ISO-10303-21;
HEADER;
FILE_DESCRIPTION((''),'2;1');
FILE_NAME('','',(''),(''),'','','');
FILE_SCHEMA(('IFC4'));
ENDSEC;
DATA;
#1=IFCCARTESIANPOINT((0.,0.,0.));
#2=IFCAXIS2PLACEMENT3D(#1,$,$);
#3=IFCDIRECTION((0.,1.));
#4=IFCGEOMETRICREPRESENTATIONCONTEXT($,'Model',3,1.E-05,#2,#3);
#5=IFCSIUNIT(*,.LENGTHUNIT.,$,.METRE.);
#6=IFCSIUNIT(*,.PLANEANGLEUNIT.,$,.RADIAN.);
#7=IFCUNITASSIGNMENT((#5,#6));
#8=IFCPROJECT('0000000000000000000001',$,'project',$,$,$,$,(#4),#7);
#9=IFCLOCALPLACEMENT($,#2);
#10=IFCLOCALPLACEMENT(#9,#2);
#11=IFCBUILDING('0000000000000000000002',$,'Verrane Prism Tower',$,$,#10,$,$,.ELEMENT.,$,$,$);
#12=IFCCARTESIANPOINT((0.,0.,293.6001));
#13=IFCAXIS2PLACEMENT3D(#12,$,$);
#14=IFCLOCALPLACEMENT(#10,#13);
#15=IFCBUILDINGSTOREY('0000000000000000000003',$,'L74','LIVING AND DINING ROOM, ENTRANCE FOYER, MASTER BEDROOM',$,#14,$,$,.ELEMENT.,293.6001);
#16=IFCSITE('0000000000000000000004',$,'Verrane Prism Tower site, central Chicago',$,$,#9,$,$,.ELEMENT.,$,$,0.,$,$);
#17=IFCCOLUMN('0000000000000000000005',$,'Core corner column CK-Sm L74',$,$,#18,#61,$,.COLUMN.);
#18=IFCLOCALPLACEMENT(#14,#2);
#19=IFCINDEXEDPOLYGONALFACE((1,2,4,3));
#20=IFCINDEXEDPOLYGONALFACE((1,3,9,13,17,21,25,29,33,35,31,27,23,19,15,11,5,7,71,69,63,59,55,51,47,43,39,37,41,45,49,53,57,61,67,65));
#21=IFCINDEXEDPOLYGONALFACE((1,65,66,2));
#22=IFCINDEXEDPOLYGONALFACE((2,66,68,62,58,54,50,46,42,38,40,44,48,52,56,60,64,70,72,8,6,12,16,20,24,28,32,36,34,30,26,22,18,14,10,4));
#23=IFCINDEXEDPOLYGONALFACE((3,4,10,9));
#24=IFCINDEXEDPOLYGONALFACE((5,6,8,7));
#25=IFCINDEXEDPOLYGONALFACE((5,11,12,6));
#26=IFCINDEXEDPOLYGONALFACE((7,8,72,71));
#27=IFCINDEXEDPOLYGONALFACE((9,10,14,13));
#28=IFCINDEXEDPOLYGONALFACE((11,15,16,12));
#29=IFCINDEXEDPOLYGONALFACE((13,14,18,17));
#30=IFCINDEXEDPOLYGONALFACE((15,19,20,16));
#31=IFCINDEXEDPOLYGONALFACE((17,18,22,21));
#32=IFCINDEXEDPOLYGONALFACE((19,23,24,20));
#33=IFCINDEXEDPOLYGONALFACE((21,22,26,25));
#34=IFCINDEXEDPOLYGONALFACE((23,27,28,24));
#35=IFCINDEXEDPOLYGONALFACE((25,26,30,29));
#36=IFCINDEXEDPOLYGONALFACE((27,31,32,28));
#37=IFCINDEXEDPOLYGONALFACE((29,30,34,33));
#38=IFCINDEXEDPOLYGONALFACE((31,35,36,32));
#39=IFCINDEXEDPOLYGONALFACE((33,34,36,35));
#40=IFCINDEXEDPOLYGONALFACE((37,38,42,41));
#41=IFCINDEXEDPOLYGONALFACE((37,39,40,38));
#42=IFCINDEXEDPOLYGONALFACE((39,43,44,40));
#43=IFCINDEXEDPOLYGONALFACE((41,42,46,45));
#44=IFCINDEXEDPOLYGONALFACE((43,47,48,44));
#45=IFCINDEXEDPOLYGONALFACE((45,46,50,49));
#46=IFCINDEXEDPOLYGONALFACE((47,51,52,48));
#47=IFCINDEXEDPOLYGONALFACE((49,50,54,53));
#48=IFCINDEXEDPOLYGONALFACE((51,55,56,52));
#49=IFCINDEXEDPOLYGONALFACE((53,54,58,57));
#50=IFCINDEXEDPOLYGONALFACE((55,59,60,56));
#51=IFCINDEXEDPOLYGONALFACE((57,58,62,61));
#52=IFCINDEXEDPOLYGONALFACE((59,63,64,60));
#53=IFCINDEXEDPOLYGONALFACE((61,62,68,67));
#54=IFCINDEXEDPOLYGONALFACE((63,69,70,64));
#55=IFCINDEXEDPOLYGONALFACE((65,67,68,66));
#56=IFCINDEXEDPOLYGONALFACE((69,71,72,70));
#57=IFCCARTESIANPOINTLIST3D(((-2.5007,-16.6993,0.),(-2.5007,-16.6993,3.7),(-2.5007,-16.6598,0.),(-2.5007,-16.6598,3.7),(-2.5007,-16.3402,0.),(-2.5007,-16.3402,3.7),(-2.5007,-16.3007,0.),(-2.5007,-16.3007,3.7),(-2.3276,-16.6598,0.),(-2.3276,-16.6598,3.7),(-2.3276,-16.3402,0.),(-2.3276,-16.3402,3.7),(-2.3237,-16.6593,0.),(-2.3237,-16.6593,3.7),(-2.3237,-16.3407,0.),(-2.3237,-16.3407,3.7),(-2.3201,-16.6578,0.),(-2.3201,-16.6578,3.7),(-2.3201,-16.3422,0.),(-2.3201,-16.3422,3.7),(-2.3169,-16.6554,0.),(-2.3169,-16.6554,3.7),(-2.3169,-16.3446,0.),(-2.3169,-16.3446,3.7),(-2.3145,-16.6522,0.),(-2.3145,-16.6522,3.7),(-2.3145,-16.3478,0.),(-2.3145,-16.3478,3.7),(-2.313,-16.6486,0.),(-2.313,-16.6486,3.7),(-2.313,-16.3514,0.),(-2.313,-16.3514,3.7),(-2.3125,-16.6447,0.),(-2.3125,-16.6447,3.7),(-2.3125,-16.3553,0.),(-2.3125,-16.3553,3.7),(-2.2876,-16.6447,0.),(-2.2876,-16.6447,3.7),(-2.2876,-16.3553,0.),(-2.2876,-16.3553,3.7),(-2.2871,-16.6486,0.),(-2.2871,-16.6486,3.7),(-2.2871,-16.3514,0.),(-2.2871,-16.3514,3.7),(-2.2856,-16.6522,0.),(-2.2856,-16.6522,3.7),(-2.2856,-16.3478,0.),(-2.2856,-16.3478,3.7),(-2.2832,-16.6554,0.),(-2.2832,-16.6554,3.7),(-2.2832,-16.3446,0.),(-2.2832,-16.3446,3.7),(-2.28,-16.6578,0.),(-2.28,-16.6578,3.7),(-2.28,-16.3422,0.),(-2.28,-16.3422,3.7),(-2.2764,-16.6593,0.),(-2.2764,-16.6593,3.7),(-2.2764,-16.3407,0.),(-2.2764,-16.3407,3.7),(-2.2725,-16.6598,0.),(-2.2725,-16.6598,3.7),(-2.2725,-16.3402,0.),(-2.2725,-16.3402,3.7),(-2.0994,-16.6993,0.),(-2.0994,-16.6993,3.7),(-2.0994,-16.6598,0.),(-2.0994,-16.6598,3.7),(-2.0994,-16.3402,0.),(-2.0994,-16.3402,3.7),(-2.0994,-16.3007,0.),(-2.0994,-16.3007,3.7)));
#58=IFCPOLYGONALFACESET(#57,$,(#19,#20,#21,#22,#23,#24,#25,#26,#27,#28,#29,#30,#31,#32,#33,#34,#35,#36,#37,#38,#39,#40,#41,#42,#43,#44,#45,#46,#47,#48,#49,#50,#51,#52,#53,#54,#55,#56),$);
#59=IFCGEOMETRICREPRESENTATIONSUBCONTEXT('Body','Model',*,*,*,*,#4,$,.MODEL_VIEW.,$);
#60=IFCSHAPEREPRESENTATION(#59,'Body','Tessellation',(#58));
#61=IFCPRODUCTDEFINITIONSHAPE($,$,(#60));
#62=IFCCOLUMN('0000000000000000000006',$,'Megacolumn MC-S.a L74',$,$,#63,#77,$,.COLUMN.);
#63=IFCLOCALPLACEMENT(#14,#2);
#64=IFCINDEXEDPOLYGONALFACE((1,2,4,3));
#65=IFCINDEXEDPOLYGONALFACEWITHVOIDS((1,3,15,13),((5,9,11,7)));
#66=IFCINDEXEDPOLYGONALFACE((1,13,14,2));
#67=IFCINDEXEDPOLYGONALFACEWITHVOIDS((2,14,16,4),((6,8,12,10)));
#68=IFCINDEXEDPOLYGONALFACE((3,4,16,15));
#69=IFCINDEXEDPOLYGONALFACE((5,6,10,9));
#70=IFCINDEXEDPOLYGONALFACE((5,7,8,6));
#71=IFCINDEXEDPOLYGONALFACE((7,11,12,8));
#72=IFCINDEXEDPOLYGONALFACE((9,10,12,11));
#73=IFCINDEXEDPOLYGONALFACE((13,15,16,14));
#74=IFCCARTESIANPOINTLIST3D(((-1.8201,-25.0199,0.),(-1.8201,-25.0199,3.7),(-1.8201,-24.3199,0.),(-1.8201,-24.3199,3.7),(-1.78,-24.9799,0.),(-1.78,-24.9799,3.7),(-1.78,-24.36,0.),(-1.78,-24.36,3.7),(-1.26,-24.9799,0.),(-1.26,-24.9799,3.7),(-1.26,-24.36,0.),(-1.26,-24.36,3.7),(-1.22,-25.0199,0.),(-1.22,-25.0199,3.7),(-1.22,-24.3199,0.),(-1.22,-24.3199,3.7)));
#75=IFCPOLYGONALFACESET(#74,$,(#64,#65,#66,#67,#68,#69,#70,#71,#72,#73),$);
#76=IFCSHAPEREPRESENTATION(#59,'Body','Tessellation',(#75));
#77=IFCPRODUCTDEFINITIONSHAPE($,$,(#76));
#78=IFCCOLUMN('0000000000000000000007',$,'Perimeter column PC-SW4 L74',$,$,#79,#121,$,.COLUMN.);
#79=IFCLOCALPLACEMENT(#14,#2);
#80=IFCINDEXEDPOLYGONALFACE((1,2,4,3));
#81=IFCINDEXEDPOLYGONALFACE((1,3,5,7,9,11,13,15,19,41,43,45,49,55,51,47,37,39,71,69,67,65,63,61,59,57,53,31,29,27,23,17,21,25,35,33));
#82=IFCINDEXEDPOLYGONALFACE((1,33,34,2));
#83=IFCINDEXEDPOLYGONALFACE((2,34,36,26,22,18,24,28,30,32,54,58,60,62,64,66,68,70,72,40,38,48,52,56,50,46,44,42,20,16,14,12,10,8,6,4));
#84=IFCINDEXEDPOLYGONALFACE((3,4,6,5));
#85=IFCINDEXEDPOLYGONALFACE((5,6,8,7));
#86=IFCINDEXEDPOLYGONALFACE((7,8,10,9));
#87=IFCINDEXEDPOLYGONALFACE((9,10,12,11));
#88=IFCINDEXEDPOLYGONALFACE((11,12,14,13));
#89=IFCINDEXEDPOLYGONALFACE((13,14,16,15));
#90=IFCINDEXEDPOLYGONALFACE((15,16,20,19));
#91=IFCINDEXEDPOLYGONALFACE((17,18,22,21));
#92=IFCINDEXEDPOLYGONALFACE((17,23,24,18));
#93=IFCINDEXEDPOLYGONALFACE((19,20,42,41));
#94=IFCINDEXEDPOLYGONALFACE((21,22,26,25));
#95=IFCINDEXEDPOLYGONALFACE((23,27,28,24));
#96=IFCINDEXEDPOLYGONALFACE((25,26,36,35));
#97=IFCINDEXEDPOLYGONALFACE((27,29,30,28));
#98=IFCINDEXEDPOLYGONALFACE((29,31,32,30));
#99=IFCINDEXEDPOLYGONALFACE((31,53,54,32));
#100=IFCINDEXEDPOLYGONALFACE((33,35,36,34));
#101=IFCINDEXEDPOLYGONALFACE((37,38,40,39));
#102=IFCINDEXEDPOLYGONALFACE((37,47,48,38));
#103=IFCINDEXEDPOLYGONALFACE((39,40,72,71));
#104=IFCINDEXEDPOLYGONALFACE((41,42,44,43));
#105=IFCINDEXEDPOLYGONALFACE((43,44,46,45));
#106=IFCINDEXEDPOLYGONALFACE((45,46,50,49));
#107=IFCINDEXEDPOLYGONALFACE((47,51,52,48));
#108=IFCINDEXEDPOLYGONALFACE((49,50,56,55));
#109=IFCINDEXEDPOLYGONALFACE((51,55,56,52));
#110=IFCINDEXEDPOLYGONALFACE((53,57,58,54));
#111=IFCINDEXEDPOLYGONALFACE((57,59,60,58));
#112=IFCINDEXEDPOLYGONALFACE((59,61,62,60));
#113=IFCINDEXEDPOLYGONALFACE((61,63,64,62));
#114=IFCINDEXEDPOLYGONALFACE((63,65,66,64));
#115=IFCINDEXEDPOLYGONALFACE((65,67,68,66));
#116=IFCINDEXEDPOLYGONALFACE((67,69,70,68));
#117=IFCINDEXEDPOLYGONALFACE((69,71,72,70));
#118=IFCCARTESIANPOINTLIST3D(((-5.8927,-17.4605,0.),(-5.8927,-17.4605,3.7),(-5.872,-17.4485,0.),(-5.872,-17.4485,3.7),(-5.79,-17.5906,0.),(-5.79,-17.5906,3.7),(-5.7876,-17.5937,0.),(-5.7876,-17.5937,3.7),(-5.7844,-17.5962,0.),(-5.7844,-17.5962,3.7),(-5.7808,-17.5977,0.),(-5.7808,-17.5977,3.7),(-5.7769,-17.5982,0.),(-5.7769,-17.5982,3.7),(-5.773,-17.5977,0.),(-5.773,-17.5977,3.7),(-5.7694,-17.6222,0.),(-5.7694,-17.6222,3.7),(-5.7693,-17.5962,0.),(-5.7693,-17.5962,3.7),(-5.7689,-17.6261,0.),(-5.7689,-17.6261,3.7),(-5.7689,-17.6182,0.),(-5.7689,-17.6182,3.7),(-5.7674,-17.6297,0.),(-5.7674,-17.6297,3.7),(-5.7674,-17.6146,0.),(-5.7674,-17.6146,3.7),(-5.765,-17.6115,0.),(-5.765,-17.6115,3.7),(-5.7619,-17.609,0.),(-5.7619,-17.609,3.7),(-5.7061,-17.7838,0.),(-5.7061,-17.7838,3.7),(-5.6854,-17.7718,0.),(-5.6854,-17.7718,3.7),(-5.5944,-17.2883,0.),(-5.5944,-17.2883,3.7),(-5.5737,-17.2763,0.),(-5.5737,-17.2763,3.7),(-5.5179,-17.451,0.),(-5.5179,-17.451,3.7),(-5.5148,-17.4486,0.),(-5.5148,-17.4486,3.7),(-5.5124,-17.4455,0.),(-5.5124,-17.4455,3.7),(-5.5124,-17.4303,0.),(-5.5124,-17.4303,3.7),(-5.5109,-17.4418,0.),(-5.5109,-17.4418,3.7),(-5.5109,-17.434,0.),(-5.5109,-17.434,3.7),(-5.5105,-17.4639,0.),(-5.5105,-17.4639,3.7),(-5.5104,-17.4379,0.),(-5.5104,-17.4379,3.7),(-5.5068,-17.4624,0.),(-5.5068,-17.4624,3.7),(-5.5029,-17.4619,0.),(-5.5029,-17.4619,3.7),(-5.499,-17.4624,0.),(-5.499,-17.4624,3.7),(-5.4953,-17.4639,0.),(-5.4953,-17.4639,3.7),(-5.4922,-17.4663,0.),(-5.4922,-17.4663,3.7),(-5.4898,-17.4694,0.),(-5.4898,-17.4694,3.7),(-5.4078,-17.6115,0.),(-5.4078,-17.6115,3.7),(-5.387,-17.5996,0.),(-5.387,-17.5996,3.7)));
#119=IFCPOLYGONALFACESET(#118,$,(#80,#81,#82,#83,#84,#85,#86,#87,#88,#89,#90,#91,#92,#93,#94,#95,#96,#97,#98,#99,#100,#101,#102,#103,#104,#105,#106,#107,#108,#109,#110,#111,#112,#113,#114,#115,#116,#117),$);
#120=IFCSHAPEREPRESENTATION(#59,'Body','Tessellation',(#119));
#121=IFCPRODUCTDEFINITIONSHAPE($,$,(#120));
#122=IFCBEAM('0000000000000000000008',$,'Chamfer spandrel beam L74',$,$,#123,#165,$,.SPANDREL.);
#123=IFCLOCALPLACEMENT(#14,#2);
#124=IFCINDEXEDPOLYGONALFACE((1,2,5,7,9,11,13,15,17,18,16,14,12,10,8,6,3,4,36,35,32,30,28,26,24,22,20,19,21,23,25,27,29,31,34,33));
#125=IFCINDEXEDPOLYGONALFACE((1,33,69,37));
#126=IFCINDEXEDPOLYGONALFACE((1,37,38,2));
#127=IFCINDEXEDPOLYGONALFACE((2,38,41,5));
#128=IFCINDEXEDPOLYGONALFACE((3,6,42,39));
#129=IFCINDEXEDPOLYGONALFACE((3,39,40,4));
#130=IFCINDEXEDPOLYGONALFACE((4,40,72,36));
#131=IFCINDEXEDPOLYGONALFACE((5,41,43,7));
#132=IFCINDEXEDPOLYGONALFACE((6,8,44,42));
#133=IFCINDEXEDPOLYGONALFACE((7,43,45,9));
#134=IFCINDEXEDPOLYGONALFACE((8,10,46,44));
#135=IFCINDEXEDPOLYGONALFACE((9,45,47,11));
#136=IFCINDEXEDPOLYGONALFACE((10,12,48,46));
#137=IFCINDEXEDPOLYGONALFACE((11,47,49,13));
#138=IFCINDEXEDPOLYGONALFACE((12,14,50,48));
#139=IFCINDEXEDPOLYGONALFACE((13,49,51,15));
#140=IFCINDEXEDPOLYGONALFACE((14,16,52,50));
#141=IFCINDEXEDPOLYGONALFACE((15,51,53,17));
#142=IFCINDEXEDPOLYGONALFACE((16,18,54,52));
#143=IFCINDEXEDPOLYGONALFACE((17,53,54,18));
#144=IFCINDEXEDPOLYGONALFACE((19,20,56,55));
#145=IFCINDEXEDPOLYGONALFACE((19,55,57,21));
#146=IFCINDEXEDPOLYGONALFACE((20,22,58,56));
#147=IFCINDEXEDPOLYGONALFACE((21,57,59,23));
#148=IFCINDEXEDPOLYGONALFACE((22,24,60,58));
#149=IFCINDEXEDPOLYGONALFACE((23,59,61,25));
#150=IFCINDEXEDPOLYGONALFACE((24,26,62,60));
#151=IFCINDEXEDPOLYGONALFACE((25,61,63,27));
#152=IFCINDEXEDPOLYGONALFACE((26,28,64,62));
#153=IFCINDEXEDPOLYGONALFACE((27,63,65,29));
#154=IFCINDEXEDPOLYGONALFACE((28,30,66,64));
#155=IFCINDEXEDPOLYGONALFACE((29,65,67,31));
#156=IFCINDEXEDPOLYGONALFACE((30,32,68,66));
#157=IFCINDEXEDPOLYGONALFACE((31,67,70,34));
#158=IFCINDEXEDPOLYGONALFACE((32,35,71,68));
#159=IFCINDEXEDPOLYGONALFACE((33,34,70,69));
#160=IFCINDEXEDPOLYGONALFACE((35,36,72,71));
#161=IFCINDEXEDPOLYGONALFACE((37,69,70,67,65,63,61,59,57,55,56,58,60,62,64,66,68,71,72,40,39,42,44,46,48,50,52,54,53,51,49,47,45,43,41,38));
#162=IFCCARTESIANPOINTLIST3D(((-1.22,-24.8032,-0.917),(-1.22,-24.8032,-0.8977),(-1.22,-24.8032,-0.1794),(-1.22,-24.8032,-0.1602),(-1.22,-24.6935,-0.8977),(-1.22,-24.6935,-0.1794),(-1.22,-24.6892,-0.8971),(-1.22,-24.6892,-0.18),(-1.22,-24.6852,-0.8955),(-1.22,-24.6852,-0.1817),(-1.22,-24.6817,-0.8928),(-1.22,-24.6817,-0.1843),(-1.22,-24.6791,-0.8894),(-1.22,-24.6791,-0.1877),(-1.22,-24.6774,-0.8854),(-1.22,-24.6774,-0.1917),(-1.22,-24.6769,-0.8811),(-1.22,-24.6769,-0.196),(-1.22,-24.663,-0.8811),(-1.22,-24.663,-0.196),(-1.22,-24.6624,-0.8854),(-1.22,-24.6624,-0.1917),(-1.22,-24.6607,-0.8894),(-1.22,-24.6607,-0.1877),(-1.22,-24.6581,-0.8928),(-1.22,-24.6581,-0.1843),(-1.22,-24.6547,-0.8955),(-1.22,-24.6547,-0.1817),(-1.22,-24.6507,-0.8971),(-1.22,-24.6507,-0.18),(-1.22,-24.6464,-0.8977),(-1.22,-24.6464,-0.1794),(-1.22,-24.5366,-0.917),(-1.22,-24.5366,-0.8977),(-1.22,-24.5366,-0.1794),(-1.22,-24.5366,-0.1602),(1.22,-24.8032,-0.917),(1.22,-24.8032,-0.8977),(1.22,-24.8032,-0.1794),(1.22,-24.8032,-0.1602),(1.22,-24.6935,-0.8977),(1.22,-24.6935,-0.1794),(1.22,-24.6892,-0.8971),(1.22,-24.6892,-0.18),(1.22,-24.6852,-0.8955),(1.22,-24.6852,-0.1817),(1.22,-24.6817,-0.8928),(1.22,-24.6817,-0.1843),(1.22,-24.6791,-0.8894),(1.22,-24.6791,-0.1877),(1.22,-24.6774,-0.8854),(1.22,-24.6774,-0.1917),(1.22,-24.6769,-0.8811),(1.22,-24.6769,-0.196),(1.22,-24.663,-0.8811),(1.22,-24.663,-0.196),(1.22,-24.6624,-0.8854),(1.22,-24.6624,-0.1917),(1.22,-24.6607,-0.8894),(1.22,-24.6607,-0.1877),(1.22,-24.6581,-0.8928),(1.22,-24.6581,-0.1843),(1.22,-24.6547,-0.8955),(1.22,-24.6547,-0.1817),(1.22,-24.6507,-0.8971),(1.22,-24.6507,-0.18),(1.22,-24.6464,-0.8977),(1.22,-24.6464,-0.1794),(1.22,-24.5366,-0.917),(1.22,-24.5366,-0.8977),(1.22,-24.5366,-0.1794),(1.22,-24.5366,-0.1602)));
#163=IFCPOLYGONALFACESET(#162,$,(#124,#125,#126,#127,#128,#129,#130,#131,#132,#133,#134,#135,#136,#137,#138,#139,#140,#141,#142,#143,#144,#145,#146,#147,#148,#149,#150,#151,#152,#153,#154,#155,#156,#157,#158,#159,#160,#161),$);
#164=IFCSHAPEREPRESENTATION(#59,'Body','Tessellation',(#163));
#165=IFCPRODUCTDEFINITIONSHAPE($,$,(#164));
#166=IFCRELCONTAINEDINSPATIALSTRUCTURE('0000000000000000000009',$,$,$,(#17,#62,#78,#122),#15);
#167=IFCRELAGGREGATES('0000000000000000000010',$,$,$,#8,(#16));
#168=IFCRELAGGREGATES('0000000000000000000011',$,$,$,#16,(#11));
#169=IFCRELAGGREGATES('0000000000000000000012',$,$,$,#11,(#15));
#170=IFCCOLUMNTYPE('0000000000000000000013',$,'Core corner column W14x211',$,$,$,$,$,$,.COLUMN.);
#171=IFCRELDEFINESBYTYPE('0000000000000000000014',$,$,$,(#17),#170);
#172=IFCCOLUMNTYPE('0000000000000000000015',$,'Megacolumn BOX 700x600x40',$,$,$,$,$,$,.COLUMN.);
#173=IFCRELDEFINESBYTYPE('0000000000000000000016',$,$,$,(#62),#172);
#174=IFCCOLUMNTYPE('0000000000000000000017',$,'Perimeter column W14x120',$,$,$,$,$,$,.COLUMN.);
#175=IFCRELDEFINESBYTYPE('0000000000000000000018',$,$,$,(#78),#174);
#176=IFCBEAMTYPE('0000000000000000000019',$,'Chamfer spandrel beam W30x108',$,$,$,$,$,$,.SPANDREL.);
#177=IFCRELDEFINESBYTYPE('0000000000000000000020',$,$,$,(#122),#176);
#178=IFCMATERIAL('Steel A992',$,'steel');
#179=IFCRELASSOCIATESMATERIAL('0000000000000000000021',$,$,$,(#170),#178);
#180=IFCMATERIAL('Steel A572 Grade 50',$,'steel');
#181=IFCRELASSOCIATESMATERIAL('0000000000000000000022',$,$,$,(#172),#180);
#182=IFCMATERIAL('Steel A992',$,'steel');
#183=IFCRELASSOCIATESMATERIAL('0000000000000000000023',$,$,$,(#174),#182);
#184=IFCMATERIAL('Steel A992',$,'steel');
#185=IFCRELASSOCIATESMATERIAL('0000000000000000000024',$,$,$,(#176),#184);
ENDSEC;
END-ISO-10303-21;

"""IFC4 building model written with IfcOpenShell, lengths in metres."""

from ifc_helpers import new_model, si_unit, direction, frame, origin, origin_2d, place, context, subcontext, project, spatial, hollow_rectangle, i_section, extrude, material, material_profile, profile_set, type_object, element, save


model = new_model("IFC4")

# Units and contexts
model_context = context("Model", 3, precision=1e-05, world=origin(), true_north=direction((0.0, 1.0)))
body_context = subcontext(model_context, "Body", "Model", "MODEL_VIEW")
ifc_project = project(units=[si_unit("LENGTHUNIT", "METRE"), si_unit("PLANEANGLEUNIT", "RADIAN")], contexts=[model_context])

# Site, building, storey
site_placement = place(None, origin())
site = spatial("IfcSite", under=ifc_project, at=site_placement, Name="Verrane Prism Tower site, central Chicago", CompositionType="ELEMENT", RefElevation=0.0)
building_placement = place(site_placement, origin())
building = spatial("IfcBuilding", under=site, at=building_placement, Name="Verrane Prism Tower", CompositionType="ELEMENT")
storey_placement = place(building_placement, frame((0.0, 0.0, 293.6001)))
storey = spatial("IfcBuildingStorey", under=building, at=storey_placement, Name="L74", Description="LIVING AND DINING ROOM, ENTRANCE FOYER, MASTER BEDROOM", CompositionType="ELEMENT", Elevation=293.6001)

# Columns
ifc_material_1 = material(Name="Steel A992", Category="steel")
ifc_material_profile_1 = material_profile(ifc_material_1, i_section(OverallWidth=0.4014, OverallDepth=0.3987, WebThickness=0.0249, FlangeThickness=0.0396, FilletRadius=0.0151, at=origin_2d()), Name="W14x211")
ifc_profile_set_1 = profile_set([ifc_material_profile_1], Name="Steel A992")
column_type_1 = type_object("IfcColumnType", Name="Core corner column W14x211", PredefinedType="COLUMN", material=ifc_profile_set_1)
column_1_placement = place(storey_placement, frame((-2.3, -16.5, 0.0), z_axis=(0.0, 0.0, 1.0), x_axis=(-1.0, 0.0, 0.0)))
element("IfcColumn", 1, at=column_1_placement, inside=storey, type_object=column_type_1, Name="Core corner column CK-Sm L74", PredefinedType="COLUMN", context=body_context, shape_type="SweptSolid", body=[
    extrude(i_section(OverallWidth=0.4014, OverallDepth=0.3987, WebThickness=0.0249, FlangeThickness=0.0396, FilletRadius=0.0151, at=origin_2d()), origin(), (0.0, 0.0, 1.0), 3.7),
])
ifc_material_2 = material(Name="Steel A572 Grade 50", Category="steel")
ifc_material_profile_2 = material_profile(ifc_material_2, hollow_rectangle(XDim=0.6001, YDim=0.7, WallThickness=0.04, at=origin_2d()), Name="BOX 700x600x40")
ifc_profile_set_2 = profile_set([ifc_material_profile_2], Name="Steel A572 Grade 50")
column_type_2 = type_object("IfcColumnType", Name="Megacolumn BOX 700x600x40", PredefinedType="COLUMN", material=ifc_profile_set_2)
column_2_placement = place(storey_placement, frame((-1.52, -24.6699, 0.0), z_axis=(0.0, 0.0, 1.0), x_axis=(-1.0, 0.0, 0.0)))
element("IfcColumn", 2, at=column_2_placement, inside=storey, type_object=column_type_2, Name="Megacolumn MC-S.a L74", PredefinedType="COLUMN", context=body_context, shape_type="SweptSolid", body=[
    extrude(hollow_rectangle(XDim=0.6001, YDim=0.7, WallThickness=0.04, at=origin_2d()), origin(), (0.0, 0.0, 1.0), 3.7),
])
ifc_material_3 = material(Name="Steel A992", Category="steel")
ifc_material_profile_3 = material_profile(ifc_material_3, i_section(OverallWidth=0.3733, OverallDepth=0.3684, WebThickness=0.0149, FlangeThickness=0.0239, FilletRadius=0.0151, at=origin_2d()), Name="W14x120")
ifc_profile_set_3 = profile_set([ifc_material_profile_3], Name="Steel A992")
column_type_3 = type_object("IfcColumnType", Name="Perimeter column W14x120", PredefinedType="COLUMN", material=ifc_profile_set_3)
column_3_placement = place(storey_placement, frame((-5.6399, -17.53, 0.0), z_axis=(0.0, 0.0, 1.0), x_axis=(-0.5, 0.866025, 0.0)))
element("IfcColumn", 3, at=column_3_placement, inside=storey, type_object=column_type_3, Name="Perimeter column PC-SW4 L74", PredefinedType="COLUMN", context=body_context, shape_type="SweptSolid", body=[
    extrude(i_section(OverallWidth=0.3733, OverallDepth=0.3684, WebThickness=0.0149, FlangeThickness=0.0239, FilletRadius=0.0151, at=origin_2d()), origin(), (0.0, 0.0, 1.0), 3.7),
])

# Beam
ifc_material_4 = material(Name="Steel A992", Category="steel")
ifc_material_profile_4 = material_profile(ifc_material_4, i_section(OverallWidth=0.2666, OverallDepth=0.7568, WebThickness=0.0139, FlangeThickness=0.0193, FilletRadius=0.0166, at=origin_2d()), Name="W30x108")
ifc_profile_set_4 = profile_set([ifc_material_profile_4], Name="Steel A992")
beam_type_1 = type_object("IfcBeamType", Name="Chamfer spandrel beam W30x108", PredefinedType="SPANDREL", material=ifc_profile_set_4)
beam_1_placement = place(storey_placement, frame((-1.22, -24.6699, -0.5386), z_axis=(1.0, 0.0, 0.0), x_axis=(0.0, 1.0, 0.0)))
element("IfcBeam", 4, at=beam_1_placement, inside=storey, type_object=beam_type_1, Name="Chamfer spandrel beam L74", PredefinedType="SPANDREL", context=body_context, shape_type="SweptSolid", body=[
    extrude(i_section(OverallWidth=0.2666, OverallDepth=0.7568, WebThickness=0.0139, FlangeThickness=0.0193, FilletRadius=0.0166, at=origin_2d()), origin(), (0.0, 0.0, 1.0), 2.4399),
])

save(model, "model.ifc")
